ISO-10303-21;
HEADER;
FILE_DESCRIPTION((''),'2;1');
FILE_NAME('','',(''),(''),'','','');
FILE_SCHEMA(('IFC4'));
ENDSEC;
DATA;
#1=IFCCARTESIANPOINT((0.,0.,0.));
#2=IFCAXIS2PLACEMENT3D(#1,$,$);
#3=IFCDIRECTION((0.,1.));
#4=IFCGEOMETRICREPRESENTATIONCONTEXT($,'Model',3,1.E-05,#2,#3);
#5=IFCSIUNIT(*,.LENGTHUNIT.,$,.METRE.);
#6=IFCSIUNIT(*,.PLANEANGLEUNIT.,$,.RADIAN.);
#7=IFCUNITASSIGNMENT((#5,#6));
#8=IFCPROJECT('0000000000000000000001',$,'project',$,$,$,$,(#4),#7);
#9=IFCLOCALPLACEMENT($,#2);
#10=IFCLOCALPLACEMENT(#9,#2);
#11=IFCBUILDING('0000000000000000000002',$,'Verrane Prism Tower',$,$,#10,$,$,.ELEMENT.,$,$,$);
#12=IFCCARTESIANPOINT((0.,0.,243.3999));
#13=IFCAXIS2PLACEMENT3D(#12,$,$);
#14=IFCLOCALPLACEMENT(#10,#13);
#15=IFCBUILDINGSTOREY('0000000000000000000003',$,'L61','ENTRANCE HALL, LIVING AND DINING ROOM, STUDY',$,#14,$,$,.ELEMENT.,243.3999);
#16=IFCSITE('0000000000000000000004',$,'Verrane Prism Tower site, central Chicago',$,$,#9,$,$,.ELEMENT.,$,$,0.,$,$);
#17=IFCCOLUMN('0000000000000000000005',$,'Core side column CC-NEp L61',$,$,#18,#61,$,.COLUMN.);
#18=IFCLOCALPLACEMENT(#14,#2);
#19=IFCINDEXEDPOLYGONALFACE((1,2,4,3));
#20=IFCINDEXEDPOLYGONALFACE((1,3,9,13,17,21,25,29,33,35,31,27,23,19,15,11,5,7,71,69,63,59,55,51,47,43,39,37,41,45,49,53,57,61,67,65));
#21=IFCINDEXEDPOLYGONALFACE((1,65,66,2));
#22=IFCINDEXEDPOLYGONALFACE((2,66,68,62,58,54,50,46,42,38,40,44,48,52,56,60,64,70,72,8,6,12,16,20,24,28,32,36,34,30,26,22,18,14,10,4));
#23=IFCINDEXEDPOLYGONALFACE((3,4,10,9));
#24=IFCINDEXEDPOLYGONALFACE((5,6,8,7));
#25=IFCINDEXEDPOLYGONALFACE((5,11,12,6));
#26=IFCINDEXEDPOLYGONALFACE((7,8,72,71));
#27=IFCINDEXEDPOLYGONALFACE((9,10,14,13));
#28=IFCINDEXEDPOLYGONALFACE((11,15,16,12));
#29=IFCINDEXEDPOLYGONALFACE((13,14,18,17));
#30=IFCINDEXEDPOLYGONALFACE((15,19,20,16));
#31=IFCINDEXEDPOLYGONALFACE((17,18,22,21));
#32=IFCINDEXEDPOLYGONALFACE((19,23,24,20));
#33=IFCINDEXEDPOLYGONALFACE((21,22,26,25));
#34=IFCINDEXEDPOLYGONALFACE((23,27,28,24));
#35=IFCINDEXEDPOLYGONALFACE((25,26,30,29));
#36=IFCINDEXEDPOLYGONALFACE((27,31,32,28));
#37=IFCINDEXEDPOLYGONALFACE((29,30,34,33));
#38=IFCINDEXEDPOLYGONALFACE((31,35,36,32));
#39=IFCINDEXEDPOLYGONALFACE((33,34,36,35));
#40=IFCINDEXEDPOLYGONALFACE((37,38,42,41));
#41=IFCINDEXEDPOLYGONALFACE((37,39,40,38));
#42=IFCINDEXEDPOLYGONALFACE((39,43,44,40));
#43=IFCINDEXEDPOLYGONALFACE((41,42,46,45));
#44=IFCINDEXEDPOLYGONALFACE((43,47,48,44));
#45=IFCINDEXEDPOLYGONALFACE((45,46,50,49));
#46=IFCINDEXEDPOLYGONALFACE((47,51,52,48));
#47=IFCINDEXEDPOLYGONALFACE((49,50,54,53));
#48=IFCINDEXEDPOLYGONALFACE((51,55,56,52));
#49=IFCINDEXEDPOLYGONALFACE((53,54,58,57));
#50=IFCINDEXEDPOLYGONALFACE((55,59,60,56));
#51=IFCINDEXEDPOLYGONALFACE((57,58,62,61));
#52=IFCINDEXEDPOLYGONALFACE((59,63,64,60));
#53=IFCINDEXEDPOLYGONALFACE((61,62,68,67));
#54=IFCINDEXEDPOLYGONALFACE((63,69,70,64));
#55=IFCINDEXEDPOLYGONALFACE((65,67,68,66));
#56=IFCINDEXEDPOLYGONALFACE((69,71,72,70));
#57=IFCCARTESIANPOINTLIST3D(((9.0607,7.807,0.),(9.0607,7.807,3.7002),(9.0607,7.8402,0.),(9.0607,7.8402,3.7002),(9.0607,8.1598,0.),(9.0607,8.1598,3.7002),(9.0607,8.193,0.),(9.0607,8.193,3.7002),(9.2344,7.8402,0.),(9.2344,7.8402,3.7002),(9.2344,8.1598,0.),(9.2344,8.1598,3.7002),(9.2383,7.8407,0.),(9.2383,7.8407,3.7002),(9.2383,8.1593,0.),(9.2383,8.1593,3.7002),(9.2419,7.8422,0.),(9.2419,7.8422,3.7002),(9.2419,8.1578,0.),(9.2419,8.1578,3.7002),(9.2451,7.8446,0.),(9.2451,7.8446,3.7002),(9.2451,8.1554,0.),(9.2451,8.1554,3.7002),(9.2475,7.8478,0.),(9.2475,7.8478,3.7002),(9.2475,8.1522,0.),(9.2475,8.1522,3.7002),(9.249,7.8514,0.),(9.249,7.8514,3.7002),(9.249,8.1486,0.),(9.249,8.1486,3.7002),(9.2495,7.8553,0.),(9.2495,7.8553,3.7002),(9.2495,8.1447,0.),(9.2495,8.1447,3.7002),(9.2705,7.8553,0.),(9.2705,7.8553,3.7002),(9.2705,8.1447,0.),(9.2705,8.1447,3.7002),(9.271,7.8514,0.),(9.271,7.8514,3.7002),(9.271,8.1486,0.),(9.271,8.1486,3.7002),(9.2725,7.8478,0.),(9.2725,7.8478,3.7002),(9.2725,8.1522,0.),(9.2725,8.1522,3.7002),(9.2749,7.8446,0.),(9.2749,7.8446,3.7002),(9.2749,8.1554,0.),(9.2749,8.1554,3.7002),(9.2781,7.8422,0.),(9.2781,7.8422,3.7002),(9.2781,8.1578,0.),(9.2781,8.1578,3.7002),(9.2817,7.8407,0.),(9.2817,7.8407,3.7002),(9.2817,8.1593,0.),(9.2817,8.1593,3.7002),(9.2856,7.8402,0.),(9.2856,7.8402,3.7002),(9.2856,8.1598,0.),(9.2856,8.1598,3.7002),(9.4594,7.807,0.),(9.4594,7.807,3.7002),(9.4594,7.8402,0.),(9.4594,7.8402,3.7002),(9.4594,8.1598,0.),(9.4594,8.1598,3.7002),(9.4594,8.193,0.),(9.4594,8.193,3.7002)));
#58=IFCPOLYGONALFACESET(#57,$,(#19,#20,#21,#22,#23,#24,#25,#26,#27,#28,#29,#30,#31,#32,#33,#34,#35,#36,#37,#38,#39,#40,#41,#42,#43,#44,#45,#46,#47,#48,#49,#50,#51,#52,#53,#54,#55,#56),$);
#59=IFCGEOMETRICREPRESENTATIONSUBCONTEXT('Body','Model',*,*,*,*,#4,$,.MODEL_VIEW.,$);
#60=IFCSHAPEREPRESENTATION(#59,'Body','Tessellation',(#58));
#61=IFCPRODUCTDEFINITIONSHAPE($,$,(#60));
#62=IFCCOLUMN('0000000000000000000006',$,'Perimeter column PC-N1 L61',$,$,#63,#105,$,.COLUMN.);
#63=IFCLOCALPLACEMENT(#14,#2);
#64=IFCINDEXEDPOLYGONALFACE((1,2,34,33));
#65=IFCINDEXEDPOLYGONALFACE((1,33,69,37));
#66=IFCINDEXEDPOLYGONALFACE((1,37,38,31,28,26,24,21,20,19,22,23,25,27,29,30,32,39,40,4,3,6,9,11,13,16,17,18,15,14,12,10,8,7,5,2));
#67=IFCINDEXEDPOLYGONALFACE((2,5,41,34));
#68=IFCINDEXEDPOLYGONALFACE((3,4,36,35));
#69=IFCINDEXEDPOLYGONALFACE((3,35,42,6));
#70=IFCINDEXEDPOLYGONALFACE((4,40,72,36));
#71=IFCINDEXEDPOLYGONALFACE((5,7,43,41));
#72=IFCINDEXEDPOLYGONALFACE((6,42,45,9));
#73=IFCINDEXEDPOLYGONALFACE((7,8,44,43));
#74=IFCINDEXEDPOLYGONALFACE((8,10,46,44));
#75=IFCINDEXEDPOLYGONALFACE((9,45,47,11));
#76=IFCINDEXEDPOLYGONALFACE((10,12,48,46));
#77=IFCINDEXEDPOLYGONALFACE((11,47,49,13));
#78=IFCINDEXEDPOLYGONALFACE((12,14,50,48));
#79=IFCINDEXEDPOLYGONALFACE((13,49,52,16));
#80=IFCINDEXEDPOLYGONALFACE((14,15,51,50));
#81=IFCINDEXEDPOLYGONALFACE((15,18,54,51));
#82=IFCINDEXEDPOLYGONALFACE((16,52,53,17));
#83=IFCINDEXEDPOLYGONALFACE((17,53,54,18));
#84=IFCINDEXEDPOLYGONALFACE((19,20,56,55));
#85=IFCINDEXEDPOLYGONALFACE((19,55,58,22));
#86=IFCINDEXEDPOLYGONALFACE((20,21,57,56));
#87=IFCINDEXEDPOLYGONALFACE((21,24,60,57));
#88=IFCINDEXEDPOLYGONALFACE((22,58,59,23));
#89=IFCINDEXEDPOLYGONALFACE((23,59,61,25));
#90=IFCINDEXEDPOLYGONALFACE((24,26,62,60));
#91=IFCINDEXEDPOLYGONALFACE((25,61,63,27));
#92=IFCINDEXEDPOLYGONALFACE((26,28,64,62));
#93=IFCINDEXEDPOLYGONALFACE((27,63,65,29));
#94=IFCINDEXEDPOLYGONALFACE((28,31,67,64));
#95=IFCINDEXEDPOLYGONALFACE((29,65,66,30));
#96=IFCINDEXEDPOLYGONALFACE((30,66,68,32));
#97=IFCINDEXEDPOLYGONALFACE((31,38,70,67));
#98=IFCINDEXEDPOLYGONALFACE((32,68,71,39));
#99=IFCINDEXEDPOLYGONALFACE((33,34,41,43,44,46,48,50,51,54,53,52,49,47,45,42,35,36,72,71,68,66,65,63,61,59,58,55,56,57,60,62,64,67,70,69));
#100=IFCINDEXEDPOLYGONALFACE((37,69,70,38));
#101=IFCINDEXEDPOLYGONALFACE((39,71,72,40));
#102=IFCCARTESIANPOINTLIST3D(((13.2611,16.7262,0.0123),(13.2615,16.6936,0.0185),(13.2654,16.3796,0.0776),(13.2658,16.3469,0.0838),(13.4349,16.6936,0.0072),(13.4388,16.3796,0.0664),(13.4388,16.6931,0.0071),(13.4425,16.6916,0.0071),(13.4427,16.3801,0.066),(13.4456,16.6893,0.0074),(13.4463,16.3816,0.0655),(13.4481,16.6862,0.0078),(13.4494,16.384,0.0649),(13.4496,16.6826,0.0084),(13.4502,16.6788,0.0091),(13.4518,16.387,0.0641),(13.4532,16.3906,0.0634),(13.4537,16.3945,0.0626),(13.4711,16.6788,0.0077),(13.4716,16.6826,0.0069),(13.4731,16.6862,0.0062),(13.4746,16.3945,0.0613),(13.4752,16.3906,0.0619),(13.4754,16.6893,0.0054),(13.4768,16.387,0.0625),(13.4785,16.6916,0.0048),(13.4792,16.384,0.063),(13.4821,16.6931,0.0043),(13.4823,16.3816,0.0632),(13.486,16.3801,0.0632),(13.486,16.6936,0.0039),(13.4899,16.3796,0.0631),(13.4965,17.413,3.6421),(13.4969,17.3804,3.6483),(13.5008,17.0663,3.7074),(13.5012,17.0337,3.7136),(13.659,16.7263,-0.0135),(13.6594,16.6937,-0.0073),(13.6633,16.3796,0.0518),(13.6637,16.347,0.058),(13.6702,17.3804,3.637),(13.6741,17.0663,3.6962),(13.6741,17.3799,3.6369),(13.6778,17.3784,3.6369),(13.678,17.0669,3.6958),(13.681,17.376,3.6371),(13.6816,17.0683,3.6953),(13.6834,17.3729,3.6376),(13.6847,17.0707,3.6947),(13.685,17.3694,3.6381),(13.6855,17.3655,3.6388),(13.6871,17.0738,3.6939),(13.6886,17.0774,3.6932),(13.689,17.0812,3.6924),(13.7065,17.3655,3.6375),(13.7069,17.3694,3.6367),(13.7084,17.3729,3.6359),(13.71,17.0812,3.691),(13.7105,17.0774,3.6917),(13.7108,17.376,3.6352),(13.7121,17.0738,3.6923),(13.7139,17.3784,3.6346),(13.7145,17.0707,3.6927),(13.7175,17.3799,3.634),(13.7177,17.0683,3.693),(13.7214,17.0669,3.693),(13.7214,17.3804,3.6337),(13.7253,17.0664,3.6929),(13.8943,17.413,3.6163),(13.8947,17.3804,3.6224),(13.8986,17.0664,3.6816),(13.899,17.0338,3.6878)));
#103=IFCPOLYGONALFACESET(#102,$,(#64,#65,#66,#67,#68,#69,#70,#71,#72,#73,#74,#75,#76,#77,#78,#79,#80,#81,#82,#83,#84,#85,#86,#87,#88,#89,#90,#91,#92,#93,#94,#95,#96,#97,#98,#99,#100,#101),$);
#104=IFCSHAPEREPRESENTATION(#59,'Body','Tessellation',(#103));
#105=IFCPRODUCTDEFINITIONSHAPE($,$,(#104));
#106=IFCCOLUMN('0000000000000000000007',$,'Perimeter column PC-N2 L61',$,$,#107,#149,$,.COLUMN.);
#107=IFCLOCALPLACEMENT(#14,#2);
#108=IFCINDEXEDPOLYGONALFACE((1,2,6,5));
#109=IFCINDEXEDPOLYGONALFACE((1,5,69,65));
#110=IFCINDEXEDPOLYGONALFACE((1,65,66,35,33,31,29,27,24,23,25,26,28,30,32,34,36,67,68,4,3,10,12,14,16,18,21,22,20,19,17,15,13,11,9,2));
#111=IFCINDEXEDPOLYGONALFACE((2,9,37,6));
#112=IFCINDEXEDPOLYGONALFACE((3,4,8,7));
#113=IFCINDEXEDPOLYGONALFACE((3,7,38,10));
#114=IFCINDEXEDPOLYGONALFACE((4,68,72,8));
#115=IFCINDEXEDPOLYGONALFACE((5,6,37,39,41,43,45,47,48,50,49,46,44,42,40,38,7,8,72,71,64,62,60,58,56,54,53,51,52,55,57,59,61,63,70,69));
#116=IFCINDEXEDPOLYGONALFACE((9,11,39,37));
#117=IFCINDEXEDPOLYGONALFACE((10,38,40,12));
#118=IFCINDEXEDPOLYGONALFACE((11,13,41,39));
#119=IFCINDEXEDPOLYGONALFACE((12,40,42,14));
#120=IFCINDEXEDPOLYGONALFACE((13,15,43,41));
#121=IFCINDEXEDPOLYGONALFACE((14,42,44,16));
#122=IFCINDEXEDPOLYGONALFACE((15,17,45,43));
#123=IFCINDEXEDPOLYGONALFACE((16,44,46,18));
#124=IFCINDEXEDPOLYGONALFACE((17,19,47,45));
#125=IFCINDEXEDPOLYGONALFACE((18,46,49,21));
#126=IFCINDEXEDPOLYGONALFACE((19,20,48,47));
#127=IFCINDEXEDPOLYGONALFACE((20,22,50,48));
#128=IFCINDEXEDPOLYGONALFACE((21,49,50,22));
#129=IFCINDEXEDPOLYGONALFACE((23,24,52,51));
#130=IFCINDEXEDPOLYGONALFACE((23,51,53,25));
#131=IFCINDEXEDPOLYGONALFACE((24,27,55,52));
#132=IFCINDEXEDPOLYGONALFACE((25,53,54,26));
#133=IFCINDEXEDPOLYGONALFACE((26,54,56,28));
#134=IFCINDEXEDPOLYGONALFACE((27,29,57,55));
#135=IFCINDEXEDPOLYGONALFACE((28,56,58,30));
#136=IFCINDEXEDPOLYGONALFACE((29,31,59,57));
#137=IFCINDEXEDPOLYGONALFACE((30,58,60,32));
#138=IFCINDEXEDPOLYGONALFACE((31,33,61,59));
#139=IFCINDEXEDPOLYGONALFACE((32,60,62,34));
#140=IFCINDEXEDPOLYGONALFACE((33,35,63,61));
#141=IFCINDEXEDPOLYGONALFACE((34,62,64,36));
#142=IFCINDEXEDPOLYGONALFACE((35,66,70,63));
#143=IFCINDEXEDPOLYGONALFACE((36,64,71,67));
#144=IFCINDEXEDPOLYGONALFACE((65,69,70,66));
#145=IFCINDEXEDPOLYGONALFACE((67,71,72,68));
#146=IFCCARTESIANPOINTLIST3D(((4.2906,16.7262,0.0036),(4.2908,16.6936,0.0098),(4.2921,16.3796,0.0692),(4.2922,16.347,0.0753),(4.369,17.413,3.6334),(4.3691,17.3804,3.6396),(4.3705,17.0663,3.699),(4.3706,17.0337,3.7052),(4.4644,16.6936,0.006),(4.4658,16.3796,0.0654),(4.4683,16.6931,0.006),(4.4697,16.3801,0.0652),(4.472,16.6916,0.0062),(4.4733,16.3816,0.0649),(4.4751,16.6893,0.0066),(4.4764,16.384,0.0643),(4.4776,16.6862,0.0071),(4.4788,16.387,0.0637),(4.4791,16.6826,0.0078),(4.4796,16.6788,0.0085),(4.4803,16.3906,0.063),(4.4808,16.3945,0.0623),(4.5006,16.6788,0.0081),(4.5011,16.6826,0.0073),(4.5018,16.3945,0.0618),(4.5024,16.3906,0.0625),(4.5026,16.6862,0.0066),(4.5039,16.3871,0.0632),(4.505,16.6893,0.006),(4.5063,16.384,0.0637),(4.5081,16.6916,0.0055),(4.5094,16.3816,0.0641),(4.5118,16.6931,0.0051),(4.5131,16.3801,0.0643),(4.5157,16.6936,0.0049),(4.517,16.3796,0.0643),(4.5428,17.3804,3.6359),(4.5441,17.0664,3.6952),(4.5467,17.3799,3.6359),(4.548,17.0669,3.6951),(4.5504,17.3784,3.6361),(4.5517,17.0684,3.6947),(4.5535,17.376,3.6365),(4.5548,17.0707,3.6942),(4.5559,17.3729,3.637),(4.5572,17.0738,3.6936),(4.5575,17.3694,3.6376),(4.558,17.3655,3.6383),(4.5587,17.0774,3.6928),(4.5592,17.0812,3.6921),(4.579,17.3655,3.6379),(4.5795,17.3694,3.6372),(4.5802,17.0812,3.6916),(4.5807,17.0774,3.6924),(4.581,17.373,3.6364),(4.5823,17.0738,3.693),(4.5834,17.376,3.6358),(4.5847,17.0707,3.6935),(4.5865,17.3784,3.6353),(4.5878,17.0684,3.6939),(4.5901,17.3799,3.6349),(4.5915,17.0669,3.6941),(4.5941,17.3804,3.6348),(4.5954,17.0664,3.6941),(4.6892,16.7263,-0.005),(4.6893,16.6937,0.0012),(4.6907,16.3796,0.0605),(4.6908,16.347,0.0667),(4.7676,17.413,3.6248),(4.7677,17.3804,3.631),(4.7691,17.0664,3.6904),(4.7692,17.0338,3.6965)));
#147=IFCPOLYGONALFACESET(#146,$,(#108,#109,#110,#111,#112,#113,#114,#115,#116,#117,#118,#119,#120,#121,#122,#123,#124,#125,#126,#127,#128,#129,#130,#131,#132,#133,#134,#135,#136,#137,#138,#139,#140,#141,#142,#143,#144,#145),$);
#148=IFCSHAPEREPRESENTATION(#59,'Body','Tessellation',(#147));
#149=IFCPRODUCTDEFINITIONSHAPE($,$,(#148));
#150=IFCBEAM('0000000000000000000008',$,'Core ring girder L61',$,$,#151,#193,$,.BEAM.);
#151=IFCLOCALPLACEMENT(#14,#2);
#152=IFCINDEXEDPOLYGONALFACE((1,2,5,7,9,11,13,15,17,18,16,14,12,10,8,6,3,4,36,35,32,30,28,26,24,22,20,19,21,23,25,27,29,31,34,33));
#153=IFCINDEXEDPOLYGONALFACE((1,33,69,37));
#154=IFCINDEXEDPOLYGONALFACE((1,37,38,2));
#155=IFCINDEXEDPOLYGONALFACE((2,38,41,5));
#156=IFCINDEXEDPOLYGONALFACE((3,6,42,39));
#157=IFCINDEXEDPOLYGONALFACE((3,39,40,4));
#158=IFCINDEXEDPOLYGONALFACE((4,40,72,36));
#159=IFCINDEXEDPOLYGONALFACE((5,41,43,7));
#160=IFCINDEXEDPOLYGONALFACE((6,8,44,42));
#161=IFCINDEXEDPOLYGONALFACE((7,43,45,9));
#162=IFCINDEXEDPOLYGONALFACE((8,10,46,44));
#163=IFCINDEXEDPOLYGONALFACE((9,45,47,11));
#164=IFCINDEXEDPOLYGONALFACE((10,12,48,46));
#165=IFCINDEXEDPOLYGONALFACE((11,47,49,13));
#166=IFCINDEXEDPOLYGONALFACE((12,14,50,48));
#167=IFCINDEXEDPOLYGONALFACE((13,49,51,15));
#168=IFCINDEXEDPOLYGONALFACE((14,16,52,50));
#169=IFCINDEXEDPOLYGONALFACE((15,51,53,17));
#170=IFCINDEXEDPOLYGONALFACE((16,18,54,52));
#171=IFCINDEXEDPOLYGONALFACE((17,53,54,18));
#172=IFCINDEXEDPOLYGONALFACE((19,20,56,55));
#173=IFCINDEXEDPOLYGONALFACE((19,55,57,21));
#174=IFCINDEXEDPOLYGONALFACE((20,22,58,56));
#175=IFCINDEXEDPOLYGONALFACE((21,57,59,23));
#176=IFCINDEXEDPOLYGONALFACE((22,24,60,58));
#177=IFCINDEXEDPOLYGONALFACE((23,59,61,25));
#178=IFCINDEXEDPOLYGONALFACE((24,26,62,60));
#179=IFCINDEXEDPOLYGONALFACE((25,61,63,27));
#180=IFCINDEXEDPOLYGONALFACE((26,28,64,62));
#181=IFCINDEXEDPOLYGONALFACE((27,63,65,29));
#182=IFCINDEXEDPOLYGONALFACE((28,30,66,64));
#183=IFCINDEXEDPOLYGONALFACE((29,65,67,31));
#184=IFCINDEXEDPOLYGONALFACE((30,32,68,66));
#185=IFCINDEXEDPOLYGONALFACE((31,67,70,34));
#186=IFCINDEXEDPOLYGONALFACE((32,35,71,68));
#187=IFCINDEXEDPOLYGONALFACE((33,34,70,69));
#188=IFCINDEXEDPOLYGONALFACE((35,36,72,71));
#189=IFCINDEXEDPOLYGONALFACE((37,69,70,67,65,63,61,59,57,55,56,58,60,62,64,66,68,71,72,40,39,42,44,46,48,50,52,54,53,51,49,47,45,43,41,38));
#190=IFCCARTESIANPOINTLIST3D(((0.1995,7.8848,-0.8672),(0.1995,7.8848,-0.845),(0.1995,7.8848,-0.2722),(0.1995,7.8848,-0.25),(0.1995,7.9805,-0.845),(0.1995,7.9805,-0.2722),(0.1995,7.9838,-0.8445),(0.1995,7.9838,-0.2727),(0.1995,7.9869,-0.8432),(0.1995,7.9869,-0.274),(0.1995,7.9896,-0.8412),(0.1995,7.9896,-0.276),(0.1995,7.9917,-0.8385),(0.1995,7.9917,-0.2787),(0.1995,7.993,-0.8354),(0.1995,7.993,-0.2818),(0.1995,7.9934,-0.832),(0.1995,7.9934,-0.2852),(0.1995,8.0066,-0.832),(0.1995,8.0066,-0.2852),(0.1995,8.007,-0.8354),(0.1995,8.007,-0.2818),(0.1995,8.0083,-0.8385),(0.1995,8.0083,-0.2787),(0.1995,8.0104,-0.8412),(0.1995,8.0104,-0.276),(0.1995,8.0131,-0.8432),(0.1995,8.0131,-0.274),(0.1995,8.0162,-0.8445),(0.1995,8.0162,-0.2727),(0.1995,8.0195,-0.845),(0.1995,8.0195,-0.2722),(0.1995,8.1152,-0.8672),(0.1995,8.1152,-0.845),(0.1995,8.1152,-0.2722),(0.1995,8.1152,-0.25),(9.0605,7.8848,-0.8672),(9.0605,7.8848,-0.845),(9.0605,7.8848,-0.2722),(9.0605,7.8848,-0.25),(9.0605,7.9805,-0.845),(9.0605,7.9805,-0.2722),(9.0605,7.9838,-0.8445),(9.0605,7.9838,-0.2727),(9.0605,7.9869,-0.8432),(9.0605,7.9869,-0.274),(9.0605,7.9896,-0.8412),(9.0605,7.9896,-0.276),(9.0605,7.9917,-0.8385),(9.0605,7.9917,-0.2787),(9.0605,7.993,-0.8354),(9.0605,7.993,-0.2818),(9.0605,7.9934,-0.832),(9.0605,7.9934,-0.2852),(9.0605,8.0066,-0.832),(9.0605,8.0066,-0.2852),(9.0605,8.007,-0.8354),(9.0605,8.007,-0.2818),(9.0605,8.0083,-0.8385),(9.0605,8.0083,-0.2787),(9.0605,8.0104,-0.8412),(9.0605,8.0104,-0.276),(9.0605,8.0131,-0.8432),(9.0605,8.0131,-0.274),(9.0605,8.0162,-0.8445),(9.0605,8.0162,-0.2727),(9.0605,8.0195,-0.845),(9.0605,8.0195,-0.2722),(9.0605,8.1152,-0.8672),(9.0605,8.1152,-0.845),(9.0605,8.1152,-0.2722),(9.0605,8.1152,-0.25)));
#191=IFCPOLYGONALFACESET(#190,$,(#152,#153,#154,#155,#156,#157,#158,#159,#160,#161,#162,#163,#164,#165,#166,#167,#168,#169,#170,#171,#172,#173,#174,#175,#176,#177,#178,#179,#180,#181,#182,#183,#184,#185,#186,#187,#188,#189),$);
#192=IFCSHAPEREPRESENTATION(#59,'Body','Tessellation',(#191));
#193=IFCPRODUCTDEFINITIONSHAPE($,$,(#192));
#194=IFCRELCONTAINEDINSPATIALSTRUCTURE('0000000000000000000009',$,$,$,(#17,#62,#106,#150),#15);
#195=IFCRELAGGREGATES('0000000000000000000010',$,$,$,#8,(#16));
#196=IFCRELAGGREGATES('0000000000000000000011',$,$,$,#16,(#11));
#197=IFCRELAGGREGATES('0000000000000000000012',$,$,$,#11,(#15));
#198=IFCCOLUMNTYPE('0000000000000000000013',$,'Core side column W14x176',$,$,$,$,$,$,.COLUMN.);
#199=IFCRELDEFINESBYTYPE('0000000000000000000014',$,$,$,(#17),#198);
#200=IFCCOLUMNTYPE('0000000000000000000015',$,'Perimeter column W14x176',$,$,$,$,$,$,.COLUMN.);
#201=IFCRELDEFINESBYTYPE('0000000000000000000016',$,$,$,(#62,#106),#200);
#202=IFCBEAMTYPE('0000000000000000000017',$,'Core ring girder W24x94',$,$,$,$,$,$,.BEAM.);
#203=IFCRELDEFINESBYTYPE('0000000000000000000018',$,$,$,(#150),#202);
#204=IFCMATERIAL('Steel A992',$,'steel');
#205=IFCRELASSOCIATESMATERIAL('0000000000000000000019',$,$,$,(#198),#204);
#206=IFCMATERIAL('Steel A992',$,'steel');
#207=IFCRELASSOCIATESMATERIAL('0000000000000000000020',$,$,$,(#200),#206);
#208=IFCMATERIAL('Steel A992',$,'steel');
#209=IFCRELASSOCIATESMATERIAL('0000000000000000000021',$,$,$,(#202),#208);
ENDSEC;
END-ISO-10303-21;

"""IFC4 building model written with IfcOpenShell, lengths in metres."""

from ifc_helpers import new_model, si_unit, direction, frame, origin, origin_2d, place, context, subcontext, project, spatial, i_section, extrude, material, material_profile, profile_set, type_object, element, save


model = new_model("IFC4")

# Units and contexts
model_context = context("Model", 3, precision=1e-05, world=origin(), true_north=direction((0.0, 1.0)))
body_context = subcontext(model_context, "Body", "Model", "MODEL_VIEW")
ifc_project = project(units=[si_unit("LENGTHUNIT", "METRE"), si_unit("PLANEANGLEUNIT", "RADIAN")], contexts=[model_context])

# Site, building, storey
site_placement = place(None, origin())
site = spatial("IfcSite", under=ifc_project, at=site_placement, Name="Verrane Prism Tower site, central Chicago", CompositionType="ELEMENT", RefElevation=0.0)
building_placement = place(site_placement, origin())
building = spatial("IfcBuilding", under=site, at=building_placement, Name="Verrane Prism Tower", CompositionType="ELEMENT")
storey_placement = place(building_placement, frame((0.0, 0.0, 243.3999)))
storey = spatial("IfcBuildingStorey", under=building, at=storey_placement, Name="L61", Description="ENTRANCE HALL, LIVING AND DINING ROOM, STUDY", CompositionType="ELEMENT", Elevation=243.3999)

# Columns
ifc_material_1 = material(Name="Steel A992", Category="steel")
ifc_material_profile_1 = material_profile(ifc_material_1, i_section(OverallWidth=0.3987, OverallDepth=0.386, WebThickness=0.021, FlangeThickness=0.0332, FilletRadius=0.0151, at=origin_2d()), Name="W14x176")
ifc_profile_set_1 = profile_set([ifc_material_profile_1], Name="Steel A992")
column_type_1 = type_object("IfcColumnType", Name="Core side column W14x176", PredefinedType="COLUMN", material=ifc_profile_set_1)
column_1_placement = place(storey_placement, frame((9.26, 8.0, 0.0), z_axis=(0.0, 0.0, 1.0), x_axis=(1.0, 0.0, 0.0)))
element("IfcColumn", 1, at=column_1_placement, inside=storey, type_object=column_type_1, Name="Core side column CC-NEp L61", PredefinedType="COLUMN", context=body_context, shape_type="SweptSolid", body=[
    extrude(i_section(OverallWidth=0.3987, OverallDepth=0.386, WebThickness=0.021, FlangeThickness=0.0332, FilletRadius=0.0151, at=origin_2d()), origin(), (0.0, 0.0, 1.0), 3.7002),
])
ifc_material_2 = material(Name="Steel A992", Category="steel")
ifc_material_profile_2 = material_profile(ifc_material_2, i_section(OverallWidth=0.3987, OverallDepth=0.386, WebThickness=0.021, FlangeThickness=0.0332, FilletRadius=0.0151, at=origin_2d()), Name="W14x176")
ifc_profile_set_2 = profile_set([ifc_material_profile_2], Name="Steel A992")
column_type_2 = type_object("IfcColumnType", Name="Perimeter column W14x176", PredefinedType="COLUMN", material=ifc_profile_set_2)
column_2_placement = place(storey_placement, frame((13.4624, 16.5366, 0.0352), z_axis=(0.063578, 0.185524, 0.980581), x_axis=(0.997903, 0.000145, -0.064729)))
element("IfcColumn", 2, at=column_2_placement, inside=storey, type_object=column_type_2, Name="Perimeter column PC-N1 L61", PredefinedType="COLUMN", context=body_context, shape_type="SweptSolid", body=[
    extrude(i_section(OverallWidth=0.3987, OverallDepth=0.386, WebThickness=0.021, FlangeThickness=0.0332, FilletRadius=0.0151, at=origin_2d()), origin(), (0.0, 0.0, 1.0), 3.7017),
])
column_3_placement = place(storey_placement, frame((4.4907, 16.5366, 0.0352), z_axis=(0.021209, 0.185858, 0.982348), x_axis=(0.999766, 0.00017, -0.021617)))
element("IfcColumn", 3, at=column_3_placement, inside=storey, type_object=column_type_2, Name="Perimeter column PC-N2 L61", PredefinedType="COLUMN", context=body_context, shape_type="SweptSolid", body=[
    extrude(i_section(OverallWidth=0.3987, OverallDepth=0.386, WebThickness=0.021, FlangeThickness=0.0332, FilletRadius=0.0151, at=origin_2d()), origin(), (0.0, 0.0, 1.0), 3.6951),
])

# Beam
ifc_material_3 = material(Name="Steel A992", Category="steel")
ifc_material_profile_3 = material_profile(ifc_material_3, i_section(OverallWidth=0.2305, OverallDepth=0.6172, WebThickness=0.0132, FlangeThickness=0.0222, FilletRadius=0.0129, at=origin_2d()), Name="W24x94")
ifc_profile_set_3 = profile_set([ifc_material_profile_3], Name="Steel A992")
beam_type_1 = type_object("IfcBeamType", Name="Core ring girder W24x94", PredefinedType="BEAM", material=ifc_profile_set_3)
beam_1_placement = place(storey_placement, frame((9.0605, 8.0, -0.5586), z_axis=(-1.0, 0.0, 0.0), x_axis=(0.0, -1.0, 0.0)))
element("IfcBeam", 4, at=beam_1_placement, inside=storey, type_object=beam_type_1, Name="Core ring girder L61", PredefinedType="BEAM", context=body_context, shape_type="SweptSolid", body=[
    extrude(i_section(OverallWidth=0.2305, OverallDepth=0.6172, WebThickness=0.0132, FlangeThickness=0.0222, FilletRadius=0.0129, at=origin_2d()), origin(), (0.0, 0.0, 1.0), 8.8611),
])

save(model, "model.ifc")
